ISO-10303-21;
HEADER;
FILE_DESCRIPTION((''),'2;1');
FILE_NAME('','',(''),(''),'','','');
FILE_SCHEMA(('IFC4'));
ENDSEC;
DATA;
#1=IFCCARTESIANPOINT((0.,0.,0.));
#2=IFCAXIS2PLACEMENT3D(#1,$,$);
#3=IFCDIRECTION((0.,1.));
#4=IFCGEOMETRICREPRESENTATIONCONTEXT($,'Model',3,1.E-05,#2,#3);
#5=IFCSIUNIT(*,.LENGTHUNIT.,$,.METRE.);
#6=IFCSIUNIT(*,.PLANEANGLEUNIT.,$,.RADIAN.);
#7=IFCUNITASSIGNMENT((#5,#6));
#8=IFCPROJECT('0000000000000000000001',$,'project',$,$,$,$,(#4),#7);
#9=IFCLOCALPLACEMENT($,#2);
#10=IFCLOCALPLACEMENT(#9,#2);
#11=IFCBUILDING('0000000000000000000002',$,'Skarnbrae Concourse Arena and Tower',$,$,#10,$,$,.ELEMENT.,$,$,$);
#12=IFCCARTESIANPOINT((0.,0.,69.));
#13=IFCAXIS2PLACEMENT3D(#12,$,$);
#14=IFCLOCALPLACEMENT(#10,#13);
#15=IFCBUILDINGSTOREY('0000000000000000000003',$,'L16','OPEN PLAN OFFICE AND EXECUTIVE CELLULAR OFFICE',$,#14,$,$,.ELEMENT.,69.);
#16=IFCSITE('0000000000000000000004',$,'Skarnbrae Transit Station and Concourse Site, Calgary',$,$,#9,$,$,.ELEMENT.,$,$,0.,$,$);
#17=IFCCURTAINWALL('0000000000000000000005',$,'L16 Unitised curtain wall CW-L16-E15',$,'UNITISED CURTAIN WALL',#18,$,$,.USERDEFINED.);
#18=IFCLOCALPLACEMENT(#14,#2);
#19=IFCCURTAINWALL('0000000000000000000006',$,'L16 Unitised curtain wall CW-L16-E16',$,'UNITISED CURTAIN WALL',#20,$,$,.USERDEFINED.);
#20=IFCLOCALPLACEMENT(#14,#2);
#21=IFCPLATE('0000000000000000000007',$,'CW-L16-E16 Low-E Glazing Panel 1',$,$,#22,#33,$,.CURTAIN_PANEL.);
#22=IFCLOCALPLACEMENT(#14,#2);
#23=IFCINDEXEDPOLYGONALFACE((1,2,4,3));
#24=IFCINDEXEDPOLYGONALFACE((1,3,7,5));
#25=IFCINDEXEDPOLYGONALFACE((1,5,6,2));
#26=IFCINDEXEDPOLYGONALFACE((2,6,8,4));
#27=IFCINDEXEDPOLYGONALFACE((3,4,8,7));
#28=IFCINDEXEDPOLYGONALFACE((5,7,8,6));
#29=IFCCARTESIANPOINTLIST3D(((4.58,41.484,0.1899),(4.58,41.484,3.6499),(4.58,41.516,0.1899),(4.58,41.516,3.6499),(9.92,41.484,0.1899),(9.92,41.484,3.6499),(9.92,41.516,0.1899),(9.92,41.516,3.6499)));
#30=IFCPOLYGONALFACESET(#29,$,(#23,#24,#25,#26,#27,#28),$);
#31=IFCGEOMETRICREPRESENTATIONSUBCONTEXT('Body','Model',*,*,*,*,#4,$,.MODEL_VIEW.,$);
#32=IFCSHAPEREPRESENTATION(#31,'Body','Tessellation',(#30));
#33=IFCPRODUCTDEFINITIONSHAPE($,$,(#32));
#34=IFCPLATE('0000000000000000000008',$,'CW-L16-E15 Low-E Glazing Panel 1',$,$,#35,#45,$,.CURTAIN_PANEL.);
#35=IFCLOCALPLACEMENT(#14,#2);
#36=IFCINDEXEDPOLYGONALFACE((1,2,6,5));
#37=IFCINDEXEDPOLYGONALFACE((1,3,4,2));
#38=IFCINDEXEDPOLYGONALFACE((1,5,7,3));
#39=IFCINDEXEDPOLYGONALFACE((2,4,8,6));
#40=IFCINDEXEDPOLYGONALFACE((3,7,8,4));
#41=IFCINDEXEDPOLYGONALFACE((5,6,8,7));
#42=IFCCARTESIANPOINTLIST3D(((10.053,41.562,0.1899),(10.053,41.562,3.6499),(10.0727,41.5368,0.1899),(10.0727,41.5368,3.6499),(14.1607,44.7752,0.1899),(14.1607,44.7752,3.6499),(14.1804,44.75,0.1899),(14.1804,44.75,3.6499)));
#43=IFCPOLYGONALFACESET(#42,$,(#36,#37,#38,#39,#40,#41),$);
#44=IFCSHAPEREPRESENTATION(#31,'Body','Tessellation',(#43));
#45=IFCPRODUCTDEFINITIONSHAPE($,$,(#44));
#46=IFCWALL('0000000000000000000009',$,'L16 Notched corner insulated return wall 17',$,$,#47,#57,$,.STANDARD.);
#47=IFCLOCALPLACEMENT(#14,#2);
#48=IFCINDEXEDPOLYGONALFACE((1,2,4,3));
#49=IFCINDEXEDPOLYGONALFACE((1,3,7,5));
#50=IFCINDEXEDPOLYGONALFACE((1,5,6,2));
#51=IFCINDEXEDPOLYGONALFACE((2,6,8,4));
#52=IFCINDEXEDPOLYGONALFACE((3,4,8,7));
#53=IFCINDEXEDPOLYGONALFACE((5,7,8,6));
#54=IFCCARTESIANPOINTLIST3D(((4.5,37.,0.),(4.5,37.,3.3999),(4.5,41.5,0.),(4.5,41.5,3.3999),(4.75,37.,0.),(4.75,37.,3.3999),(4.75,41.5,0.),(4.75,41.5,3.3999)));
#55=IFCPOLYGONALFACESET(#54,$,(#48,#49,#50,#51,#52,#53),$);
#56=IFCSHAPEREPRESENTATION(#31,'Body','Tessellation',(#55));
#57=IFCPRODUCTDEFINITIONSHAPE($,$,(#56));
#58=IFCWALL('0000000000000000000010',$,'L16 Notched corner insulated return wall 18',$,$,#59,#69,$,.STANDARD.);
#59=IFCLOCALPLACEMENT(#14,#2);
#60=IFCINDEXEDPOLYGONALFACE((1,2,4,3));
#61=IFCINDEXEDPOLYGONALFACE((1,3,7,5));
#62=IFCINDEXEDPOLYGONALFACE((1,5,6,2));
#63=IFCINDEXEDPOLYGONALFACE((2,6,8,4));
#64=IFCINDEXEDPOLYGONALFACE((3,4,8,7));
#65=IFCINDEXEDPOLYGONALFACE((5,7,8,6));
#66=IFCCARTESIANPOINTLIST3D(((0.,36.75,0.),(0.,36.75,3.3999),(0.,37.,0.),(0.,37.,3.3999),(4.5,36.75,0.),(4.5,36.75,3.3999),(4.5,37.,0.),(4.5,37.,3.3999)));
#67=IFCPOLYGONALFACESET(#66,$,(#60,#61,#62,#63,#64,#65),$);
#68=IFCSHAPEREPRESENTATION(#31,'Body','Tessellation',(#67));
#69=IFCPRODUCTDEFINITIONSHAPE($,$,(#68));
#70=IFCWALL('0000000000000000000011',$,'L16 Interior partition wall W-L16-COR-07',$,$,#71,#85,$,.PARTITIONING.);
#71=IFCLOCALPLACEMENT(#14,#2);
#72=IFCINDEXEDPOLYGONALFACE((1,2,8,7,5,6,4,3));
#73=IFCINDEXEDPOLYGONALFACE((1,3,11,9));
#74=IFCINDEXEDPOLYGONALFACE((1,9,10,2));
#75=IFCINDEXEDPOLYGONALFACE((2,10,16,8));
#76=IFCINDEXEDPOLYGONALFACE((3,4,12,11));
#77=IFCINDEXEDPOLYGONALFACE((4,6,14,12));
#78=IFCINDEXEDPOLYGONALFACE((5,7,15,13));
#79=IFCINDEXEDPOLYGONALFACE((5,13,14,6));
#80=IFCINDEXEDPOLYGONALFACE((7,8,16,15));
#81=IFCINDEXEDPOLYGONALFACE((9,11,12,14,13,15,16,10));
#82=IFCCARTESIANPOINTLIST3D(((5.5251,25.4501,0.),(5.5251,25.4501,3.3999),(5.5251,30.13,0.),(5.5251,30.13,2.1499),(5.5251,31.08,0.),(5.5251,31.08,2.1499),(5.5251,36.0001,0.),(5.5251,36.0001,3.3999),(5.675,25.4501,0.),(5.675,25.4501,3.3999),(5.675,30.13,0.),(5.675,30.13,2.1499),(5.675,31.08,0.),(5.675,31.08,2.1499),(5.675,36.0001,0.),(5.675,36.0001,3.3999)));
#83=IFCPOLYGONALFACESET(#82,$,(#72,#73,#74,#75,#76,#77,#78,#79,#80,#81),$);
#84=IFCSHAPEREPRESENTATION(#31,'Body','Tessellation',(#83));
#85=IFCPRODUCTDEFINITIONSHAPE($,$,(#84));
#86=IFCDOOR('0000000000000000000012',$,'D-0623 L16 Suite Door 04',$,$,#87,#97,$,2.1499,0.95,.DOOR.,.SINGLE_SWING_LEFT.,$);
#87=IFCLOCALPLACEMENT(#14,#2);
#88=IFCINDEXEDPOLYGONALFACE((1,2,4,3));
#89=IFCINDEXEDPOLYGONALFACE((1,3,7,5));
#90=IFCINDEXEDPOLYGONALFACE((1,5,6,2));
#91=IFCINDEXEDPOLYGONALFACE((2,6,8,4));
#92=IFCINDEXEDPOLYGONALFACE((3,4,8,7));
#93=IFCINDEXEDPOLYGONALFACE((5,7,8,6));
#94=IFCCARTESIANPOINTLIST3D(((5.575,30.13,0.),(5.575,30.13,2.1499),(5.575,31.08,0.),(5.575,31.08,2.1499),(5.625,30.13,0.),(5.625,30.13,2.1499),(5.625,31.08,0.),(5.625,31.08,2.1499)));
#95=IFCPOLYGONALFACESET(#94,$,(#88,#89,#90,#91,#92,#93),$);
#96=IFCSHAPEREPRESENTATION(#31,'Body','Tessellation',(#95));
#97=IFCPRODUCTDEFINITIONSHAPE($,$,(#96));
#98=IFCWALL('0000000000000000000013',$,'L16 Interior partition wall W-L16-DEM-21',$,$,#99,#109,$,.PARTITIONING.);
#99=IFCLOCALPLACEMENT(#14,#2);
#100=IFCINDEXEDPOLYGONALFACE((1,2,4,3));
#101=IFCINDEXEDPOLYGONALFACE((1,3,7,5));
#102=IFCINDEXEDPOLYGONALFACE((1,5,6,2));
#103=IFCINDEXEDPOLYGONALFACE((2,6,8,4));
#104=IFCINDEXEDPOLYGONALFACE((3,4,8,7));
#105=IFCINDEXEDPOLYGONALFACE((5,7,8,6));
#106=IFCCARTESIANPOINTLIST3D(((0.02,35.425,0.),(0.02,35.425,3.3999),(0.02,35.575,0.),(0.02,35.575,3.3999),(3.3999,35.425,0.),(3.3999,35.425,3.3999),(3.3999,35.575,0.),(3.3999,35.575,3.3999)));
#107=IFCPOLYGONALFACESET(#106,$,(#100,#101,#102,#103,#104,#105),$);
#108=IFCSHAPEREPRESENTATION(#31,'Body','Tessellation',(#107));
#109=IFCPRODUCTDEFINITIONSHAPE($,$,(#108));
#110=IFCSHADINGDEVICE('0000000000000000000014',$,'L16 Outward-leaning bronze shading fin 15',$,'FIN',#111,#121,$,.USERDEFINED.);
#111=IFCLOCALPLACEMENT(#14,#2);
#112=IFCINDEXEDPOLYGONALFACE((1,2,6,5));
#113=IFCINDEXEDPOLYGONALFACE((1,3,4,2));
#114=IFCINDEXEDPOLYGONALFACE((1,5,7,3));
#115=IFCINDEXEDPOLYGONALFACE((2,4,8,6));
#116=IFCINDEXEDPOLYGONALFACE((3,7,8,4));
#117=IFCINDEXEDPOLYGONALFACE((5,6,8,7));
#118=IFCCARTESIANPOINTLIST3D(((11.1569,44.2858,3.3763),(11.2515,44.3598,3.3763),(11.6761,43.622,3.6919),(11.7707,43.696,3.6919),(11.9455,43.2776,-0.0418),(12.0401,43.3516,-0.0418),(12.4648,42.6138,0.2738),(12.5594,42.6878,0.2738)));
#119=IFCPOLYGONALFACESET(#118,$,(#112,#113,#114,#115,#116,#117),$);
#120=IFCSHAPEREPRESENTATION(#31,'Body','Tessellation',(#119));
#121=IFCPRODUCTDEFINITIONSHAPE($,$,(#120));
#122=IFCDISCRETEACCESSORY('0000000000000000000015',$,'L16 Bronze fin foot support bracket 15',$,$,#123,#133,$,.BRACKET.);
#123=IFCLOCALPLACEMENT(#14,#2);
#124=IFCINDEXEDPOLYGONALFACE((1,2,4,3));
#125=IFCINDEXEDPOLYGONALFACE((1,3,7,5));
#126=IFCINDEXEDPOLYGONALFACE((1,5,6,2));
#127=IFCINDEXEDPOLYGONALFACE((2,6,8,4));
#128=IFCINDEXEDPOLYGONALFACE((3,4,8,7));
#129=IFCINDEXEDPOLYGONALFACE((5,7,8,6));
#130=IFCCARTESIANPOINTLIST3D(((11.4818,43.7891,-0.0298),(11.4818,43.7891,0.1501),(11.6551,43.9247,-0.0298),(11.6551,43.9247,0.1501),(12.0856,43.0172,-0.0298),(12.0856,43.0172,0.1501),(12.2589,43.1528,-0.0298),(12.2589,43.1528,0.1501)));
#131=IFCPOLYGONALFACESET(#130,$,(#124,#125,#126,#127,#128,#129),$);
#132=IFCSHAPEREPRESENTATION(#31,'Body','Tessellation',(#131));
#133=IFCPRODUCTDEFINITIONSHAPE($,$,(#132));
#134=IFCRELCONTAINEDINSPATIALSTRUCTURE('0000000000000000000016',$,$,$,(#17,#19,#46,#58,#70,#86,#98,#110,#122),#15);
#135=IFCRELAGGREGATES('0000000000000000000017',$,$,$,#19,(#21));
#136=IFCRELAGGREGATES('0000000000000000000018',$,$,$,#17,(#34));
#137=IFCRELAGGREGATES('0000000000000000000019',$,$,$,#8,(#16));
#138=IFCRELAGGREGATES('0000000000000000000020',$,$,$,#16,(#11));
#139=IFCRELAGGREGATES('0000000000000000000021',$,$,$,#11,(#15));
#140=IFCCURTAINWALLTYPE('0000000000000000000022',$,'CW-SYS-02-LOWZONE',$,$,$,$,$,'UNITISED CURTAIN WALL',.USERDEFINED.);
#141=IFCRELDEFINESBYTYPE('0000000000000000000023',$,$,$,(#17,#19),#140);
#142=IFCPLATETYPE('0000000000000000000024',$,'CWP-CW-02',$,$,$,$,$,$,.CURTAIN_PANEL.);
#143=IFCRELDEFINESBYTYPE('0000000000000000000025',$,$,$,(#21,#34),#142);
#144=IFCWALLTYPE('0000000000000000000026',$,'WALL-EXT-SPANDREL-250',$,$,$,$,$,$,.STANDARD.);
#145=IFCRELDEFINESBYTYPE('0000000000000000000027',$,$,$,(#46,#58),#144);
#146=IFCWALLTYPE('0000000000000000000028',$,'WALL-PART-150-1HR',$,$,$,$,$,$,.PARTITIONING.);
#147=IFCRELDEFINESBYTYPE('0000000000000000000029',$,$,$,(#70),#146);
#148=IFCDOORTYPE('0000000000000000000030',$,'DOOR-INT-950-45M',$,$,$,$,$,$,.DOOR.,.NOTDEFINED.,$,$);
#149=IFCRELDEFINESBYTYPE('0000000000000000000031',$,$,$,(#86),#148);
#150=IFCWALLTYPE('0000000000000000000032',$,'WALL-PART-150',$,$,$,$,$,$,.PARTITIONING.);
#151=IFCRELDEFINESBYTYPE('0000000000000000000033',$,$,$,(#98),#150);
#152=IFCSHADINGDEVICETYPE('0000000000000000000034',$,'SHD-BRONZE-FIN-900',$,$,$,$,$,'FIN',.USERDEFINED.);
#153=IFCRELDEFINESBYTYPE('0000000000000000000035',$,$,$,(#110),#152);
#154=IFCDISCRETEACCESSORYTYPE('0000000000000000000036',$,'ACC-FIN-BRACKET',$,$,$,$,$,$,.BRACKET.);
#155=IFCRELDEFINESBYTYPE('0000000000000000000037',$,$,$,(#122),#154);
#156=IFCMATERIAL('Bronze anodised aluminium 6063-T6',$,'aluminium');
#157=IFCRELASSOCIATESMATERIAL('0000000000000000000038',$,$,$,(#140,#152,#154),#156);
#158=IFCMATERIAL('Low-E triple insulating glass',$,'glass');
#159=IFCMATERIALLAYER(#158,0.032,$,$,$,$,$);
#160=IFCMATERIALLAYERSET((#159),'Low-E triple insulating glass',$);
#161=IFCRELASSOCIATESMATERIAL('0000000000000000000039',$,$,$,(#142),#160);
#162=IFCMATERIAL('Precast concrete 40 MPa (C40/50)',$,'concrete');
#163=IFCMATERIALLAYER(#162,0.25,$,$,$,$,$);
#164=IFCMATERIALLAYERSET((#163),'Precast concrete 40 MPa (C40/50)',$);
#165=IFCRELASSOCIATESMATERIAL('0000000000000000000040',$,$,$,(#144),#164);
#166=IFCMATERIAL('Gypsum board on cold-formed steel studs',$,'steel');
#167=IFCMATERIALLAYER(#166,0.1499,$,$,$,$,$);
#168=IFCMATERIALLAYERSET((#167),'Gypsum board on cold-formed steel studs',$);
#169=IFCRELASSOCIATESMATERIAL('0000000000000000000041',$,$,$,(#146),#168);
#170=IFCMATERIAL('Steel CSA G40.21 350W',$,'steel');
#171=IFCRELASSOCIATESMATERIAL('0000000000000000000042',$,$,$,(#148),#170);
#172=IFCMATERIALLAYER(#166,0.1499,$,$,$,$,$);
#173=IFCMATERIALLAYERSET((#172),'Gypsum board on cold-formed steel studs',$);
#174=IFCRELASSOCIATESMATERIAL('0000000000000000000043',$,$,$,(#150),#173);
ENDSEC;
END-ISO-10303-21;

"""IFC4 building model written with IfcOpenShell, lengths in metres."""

from ifc_helpers import new_model, si_unit, direction, frame, frame_2d, origin, origin_2d, place, context, subcontext, project, spatial, rectangle, extrude, source, transform, mapped, material, layer, layer_set, type_object, element, fill, aggregate, save


model = new_model("IFC4")

# Units and contexts
model_context = context("Model", 3, precision=1e-05, world=origin(), true_north=direction((0.0, 1.0)))
body_context = subcontext(model_context, "Body", "Model", "MODEL_VIEW")
ifc_project = project(units=[si_unit("LENGTHUNIT", "METRE"), si_unit("PLANEANGLEUNIT", "RADIAN")], contexts=[model_context])

# Site, building, storey
site_placement = place(None, origin())
site = spatial("IfcSite", under=ifc_project, at=site_placement, Name="Skarnbrae Transit Station and Concourse Site, Calgary", CompositionType="ELEMENT", RefElevation=0.0)
building_placement = place(site_placement, origin())
building = spatial("IfcBuilding", under=site, at=building_placement, Name="Skarnbrae Concourse Arena and Tower", CompositionType="ELEMENT")
storey_placement = place(building_placement, frame((0.0, 0.0, 69.0)))
storey = spatial("IfcBuildingStorey", under=building, at=storey_placement, Name="L16", Description="OPEN PLAN OFFICE AND EXECUTIVE CELLULAR OFFICE", CompositionType="ELEMENT", Elevation=69.0)

# Shared definitions
ifc_material_1 = material(Name="Steel CSA G40.21 350W", Category="steel")

# Shared definitions
ifc_material_2 = material(Name="Bronze anodised aluminium 6063-T6", Category="aluminium")
curtain_wall_type = type_object("IfcCurtainWallType", Name="CW-SYS-02-LOWZONE", ElementType="UNITISED CURTAIN WALL", PredefinedType="USERDEFINED", material=ifc_material_2)

# Curtain walls
curtain_wall_1_placement = place(storey_placement, origin())
curtain_wall_1 = element("IfcCurtainWall", 1, at=curtain_wall_1_placement, inside=storey, type_object=curtain_wall_type, Name="L16 Unitised curtain wall CW-L16-E15", ObjectType="UNITISED CURTAIN WALL", PredefinedType="USERDEFINED")
curtain_wall_2_placement = place(storey_placement, origin())
curtain_wall_2 = element("IfcCurtainWall", 2, at=curtain_wall_2_placement, inside=storey, type_object=curtain_wall_type, Name="L16 Unitised curtain wall CW-L16-E16", ObjectType="UNITISED CURTAIN WALL", PredefinedType="USERDEFINED")

# Plates
ifc_material_3 = material(Name="Low-E triple insulating glass", Category="glass")
ifc_layer_1 = layer(ifc_material_3, 0.032)
ifc_layer_set_1 = layer_set([ifc_layer_1], Name="Low-E triple insulating glass")
plate_type = type_object("IfcPlateType", Name="CWP-CW-02", PredefinedType="CURTAIN_PANEL", material=ifc_layer_set_1)
shared_shape_1 = source(origin(), body_context, "Body", "SweptSolid", [
    extrude(rectangle(XDim=5.3401, YDim=0.032, at=origin_2d()), origin(), (0.0, 0.0, 1.0), 3.46),
])
plate_1_placement = place(storey_placement, frame((7.25, 41.5, 0.1899), z_axis=(0.0, 0.0, 1.0), x_axis=(-1.0, 0.0, 0.0)))
plate_1 = element("IfcPlate", 3, at=plate_1_placement, type_object=plate_type, Name="CW-L16-E16 Low-E Glazing Panel 1", PredefinedType="CURTAIN_PANEL", context=body_context, shape_type="MappedRepresentation", body=[
    mapped(shared_shape_1, transform((0.0, 0.0, 0.0))),
])
aggregate(curtain_wall_2, [plate_1])
shared_shape_2 = source(origin(), body_context, "Body", "SweptSolid", [
    extrude(rectangle(XDim=5.2151, YDim=0.032, at=origin_2d()), origin(), (0.0, 0.0, 1.0), 3.46),
])
plate_2_placement = place(storey_placement, frame((12.1167, 43.156, 0.1899), z_axis=(0.0, 0.0, 1.0), x_axis=(-0.787652, -0.616121, 0.0)))
plate_2 = element("IfcPlate", 4, at=plate_2_placement, type_object=plate_type, Name="CW-L16-E15 Low-E Glazing Panel 1", PredefinedType="CURTAIN_PANEL", context=body_context, shape_type="MappedRepresentation", body=[
    mapped(shared_shape_2, transform((0.0, 0.0, 0.0))),
])
aggregate(curtain_wall_1, [plate_2])

# Walls
ifc_material_4 = material(Name="Precast concrete 40 MPa (C40/50)", Category="concrete")
ifc_layer_2 = layer(ifc_material_4, 0.25)
ifc_layer_set_2 = layer_set([ifc_layer_2], Name="Precast concrete 40 MPa (C40/50)")
wall_type_1 = type_object("IfcWallType", Name="WALL-EXT-SPANDREL-250", PredefinedType="STANDARD", material=ifc_layer_set_2)
shared_shape_3 = source(origin(), body_context, "Body", "SweptSolid", [
    extrude(rectangle(XDim=4.5, YDim=0.25, at=frame_2d((2.25, 0.0))), origin(), (0.0, 0.0, 1.0), 3.3999),
])
for number, where, z_axis, x_axis, name in (
    (5, (4.625, 41.5, 0.0), (0.0, 0.0, 1.0), (0.0, -1.0, 0.0), "L16 Notched corner insulated return wall 17"),
    (6, (4.5, 36.875, 0.0), (0.0, 0.0, 1.0), (-1.0, 0.0, 0.0), "L16 Notched corner insulated return wall 18"),
):
    element("IfcWall", number, at=place(storey_placement, frame(where, z_axis=z_axis, x_axis=x_axis)), inside=storey, type_object=wall_type_1, Name=name, PredefinedType="STANDARD", context=body_context, shape_type="MappedRepresentation", body=[
        mapped(shared_shape_3, transform((0.0, 0.0, 0.0))),
    ])

# Wall, opening, door
ifc_material_5 = material(Name="Gypsum board on cold-formed steel studs", Category="steel")
ifc_layer_3 = layer(ifc_material_5, 0.1499)
ifc_layer_set_3 = layer_set([ifc_layer_3], Name="Gypsum board on cold-formed steel studs")
wall_type_2 = type_object("IfcWallType", Name="WALL-PART-150-1HR", PredefinedType="PARTITIONING", material=ifc_layer_set_3)
shared_shape_4 = source(origin(), body_context, "Body", "SweptSolid", [
    extrude(rectangle(XDim=10.55, YDim=0.1499, at=frame_2d((5.2749, 0.0))), origin(), (0.0, 0.0, 1.0), 3.3999),
])
wall_1_placement = place(storey_placement, frame((5.6001, 36.0, 0.0), z_axis=(0.0, 0.0, 1.0), x_axis=(0.0, -1.0, 0.0)))
wall_1 = element("IfcWall", 7, at=wall_1_placement, inside=storey, type_object=wall_type_2, Name="L16 Interior partition wall W-L16-COR-07", PredefinedType="PARTITIONING", context=body_context, shape_type="MappedRepresentation", body=[
    mapped(shared_shape_4, transform((0.0, 0.0, 0.0))),
])
opening_1_placement = place(wall_1_placement, frame((4.9199, 0.0, 0.0)))
opening_1 = element("IfcOpeningElement", 8, at=opening_1_placement, cuts=wall_1, PredefinedType="OPENING", context=body_context, shape_type="SweptSolid", body=[
    extrude(rectangle(XDim=0.95, YDim=2.1499, at=frame_2d((0.4751, 1.075))), frame((0.0, 0.085, 0.0), z_axis=(0.0, -1.0, 0.0), x_axis=(1.0, 0.0, 0.0)), (0.0, 0.0, 1.0), 0.1699),
])
door_type = type_object("IfcDoorType", Name="DOOR-INT-950-45M", OperationType="NOTDEFINED", PredefinedType="DOOR", material=ifc_material_1)
shared_shape_5 = source(origin(), body_context, "Body", "SweptSolid", [
    extrude(rectangle(XDim=0.95, YDim=2.1499, at=frame_2d((0.4751, 1.075))), frame((0.0, 0.0249, 0.0), z_axis=(0.0, -1.0, 0.0), x_axis=(1.0, 0.0, 0.0)), (0.0, 0.0, 1.0), 0.05),
])
door_1_placement = place(opening_1_placement, origin())
door_1 = element("IfcDoor", 9, at=door_1_placement, inside=storey, type_object=door_type, Name="D-0623 L16 Suite Door 04", OperationType="SINGLE_SWING_LEFT", OverallHeight=2.1499, OverallWidth=0.95, PredefinedType="DOOR", context=body_context, shape_type="MappedRepresentation", body=[
    mapped(shared_shape_5, transform((0.0, 0.0, 0.0))),
])
fill(opening_1, door_1)

# Wall
ifc_layer_4 = layer(ifc_material_5, 0.1499)
ifc_layer_set_4 = layer_set([ifc_layer_4], Name="Gypsum board on cold-formed steel studs")
wall_type_3 = type_object("IfcWallType", Name="WALL-PART-150", PredefinedType="PARTITIONING", material=ifc_layer_set_4)
shared_shape_6 = source(origin(), body_context, "Body", "SweptSolid", [
    extrude(rectangle(XDim=3.3799, YDim=0.1499, at=frame_2d((1.6899, 0.0))), origin(), (0.0, 0.0, 1.0), 3.3999),
])
wall_2_placement = place(storey_placement, frame((0.02, 35.5, 0.0), z_axis=(0.0, 0.0, 1.0), x_axis=(1.0, 0.0, 0.0)))
element("IfcWall", 10, at=wall_2_placement, inside=storey, type_object=wall_type_3, Name="L16 Interior partition wall W-L16-DEM-21", PredefinedType="PARTITIONING", context=body_context, shape_type="MappedRepresentation", body=[
    mapped(shared_shape_6, transform((0.0, 0.0, 0.0))),
])

# Shading device
shading_device_type = type_object("IfcShadingDeviceType", Name="SHD-BRONZE-FIN-900", ElementType="FIN", PredefinedType="USERDEFINED", material=ifc_material_2)
shared_shape_7 = source(origin(), body_context, "Body", "SweptSolid", [
    extrude(rectangle(XDim=0.1201, YDim=0.8999, at=origin_2d()), origin(), (0.0, 0.0, 1.0), 3.6499),
])
shading_device_placement = place(storey_placement, frame((12.2524, 42.9827, 0.116), z_axis=(-0.21607, 0.276229, 0.936489), x_axis=(0.787656, 0.616115, 0.0)))
element("IfcShadingDevice", 11, at=shading_device_placement, inside=storey, type_object=shading_device_type, Name="L16 Outward-leaning bronze shading fin 15", ObjectType="FIN", PredefinedType="USERDEFINED", context=body_context, shape_type="MappedRepresentation", body=[
    mapped(shared_shape_7, transform((0.0, 0.0, 0.0))),
])

# Discrete accessory
discrete_accessory_type = type_object("IfcDiscreteAccessoryType", Name="ACC-FIN-BRACKET", PredefinedType="BRACKET", material=ifc_material_2)
shared_shape_8 = source(origin(), body_context, "Body", "SweptSolid", [
    extrude(rectangle(XDim=0.22, YDim=0.98, at=origin_2d()), origin(), (0.0, 0.0, 1.0), 0.1799),
])
discrete_accessory_placement = place(storey_placement, frame((11.8704, 43.4709, -0.0298), z_axis=(0.0, 0.0, 1.0), x_axis=(0.787656, 0.616115, 0.0)))
element("IfcDiscreteAccessory", 12, at=discrete_accessory_placement, inside=storey, type_object=discrete_accessory_type, Name="L16 Bronze fin foot support bracket 15", PredefinedType="BRACKET", context=body_context, shape_type="MappedRepresentation", body=[
    mapped(shared_shape_8, transform((0.0, 0.0, 0.0))),
])

save(model, "model.ifc")
